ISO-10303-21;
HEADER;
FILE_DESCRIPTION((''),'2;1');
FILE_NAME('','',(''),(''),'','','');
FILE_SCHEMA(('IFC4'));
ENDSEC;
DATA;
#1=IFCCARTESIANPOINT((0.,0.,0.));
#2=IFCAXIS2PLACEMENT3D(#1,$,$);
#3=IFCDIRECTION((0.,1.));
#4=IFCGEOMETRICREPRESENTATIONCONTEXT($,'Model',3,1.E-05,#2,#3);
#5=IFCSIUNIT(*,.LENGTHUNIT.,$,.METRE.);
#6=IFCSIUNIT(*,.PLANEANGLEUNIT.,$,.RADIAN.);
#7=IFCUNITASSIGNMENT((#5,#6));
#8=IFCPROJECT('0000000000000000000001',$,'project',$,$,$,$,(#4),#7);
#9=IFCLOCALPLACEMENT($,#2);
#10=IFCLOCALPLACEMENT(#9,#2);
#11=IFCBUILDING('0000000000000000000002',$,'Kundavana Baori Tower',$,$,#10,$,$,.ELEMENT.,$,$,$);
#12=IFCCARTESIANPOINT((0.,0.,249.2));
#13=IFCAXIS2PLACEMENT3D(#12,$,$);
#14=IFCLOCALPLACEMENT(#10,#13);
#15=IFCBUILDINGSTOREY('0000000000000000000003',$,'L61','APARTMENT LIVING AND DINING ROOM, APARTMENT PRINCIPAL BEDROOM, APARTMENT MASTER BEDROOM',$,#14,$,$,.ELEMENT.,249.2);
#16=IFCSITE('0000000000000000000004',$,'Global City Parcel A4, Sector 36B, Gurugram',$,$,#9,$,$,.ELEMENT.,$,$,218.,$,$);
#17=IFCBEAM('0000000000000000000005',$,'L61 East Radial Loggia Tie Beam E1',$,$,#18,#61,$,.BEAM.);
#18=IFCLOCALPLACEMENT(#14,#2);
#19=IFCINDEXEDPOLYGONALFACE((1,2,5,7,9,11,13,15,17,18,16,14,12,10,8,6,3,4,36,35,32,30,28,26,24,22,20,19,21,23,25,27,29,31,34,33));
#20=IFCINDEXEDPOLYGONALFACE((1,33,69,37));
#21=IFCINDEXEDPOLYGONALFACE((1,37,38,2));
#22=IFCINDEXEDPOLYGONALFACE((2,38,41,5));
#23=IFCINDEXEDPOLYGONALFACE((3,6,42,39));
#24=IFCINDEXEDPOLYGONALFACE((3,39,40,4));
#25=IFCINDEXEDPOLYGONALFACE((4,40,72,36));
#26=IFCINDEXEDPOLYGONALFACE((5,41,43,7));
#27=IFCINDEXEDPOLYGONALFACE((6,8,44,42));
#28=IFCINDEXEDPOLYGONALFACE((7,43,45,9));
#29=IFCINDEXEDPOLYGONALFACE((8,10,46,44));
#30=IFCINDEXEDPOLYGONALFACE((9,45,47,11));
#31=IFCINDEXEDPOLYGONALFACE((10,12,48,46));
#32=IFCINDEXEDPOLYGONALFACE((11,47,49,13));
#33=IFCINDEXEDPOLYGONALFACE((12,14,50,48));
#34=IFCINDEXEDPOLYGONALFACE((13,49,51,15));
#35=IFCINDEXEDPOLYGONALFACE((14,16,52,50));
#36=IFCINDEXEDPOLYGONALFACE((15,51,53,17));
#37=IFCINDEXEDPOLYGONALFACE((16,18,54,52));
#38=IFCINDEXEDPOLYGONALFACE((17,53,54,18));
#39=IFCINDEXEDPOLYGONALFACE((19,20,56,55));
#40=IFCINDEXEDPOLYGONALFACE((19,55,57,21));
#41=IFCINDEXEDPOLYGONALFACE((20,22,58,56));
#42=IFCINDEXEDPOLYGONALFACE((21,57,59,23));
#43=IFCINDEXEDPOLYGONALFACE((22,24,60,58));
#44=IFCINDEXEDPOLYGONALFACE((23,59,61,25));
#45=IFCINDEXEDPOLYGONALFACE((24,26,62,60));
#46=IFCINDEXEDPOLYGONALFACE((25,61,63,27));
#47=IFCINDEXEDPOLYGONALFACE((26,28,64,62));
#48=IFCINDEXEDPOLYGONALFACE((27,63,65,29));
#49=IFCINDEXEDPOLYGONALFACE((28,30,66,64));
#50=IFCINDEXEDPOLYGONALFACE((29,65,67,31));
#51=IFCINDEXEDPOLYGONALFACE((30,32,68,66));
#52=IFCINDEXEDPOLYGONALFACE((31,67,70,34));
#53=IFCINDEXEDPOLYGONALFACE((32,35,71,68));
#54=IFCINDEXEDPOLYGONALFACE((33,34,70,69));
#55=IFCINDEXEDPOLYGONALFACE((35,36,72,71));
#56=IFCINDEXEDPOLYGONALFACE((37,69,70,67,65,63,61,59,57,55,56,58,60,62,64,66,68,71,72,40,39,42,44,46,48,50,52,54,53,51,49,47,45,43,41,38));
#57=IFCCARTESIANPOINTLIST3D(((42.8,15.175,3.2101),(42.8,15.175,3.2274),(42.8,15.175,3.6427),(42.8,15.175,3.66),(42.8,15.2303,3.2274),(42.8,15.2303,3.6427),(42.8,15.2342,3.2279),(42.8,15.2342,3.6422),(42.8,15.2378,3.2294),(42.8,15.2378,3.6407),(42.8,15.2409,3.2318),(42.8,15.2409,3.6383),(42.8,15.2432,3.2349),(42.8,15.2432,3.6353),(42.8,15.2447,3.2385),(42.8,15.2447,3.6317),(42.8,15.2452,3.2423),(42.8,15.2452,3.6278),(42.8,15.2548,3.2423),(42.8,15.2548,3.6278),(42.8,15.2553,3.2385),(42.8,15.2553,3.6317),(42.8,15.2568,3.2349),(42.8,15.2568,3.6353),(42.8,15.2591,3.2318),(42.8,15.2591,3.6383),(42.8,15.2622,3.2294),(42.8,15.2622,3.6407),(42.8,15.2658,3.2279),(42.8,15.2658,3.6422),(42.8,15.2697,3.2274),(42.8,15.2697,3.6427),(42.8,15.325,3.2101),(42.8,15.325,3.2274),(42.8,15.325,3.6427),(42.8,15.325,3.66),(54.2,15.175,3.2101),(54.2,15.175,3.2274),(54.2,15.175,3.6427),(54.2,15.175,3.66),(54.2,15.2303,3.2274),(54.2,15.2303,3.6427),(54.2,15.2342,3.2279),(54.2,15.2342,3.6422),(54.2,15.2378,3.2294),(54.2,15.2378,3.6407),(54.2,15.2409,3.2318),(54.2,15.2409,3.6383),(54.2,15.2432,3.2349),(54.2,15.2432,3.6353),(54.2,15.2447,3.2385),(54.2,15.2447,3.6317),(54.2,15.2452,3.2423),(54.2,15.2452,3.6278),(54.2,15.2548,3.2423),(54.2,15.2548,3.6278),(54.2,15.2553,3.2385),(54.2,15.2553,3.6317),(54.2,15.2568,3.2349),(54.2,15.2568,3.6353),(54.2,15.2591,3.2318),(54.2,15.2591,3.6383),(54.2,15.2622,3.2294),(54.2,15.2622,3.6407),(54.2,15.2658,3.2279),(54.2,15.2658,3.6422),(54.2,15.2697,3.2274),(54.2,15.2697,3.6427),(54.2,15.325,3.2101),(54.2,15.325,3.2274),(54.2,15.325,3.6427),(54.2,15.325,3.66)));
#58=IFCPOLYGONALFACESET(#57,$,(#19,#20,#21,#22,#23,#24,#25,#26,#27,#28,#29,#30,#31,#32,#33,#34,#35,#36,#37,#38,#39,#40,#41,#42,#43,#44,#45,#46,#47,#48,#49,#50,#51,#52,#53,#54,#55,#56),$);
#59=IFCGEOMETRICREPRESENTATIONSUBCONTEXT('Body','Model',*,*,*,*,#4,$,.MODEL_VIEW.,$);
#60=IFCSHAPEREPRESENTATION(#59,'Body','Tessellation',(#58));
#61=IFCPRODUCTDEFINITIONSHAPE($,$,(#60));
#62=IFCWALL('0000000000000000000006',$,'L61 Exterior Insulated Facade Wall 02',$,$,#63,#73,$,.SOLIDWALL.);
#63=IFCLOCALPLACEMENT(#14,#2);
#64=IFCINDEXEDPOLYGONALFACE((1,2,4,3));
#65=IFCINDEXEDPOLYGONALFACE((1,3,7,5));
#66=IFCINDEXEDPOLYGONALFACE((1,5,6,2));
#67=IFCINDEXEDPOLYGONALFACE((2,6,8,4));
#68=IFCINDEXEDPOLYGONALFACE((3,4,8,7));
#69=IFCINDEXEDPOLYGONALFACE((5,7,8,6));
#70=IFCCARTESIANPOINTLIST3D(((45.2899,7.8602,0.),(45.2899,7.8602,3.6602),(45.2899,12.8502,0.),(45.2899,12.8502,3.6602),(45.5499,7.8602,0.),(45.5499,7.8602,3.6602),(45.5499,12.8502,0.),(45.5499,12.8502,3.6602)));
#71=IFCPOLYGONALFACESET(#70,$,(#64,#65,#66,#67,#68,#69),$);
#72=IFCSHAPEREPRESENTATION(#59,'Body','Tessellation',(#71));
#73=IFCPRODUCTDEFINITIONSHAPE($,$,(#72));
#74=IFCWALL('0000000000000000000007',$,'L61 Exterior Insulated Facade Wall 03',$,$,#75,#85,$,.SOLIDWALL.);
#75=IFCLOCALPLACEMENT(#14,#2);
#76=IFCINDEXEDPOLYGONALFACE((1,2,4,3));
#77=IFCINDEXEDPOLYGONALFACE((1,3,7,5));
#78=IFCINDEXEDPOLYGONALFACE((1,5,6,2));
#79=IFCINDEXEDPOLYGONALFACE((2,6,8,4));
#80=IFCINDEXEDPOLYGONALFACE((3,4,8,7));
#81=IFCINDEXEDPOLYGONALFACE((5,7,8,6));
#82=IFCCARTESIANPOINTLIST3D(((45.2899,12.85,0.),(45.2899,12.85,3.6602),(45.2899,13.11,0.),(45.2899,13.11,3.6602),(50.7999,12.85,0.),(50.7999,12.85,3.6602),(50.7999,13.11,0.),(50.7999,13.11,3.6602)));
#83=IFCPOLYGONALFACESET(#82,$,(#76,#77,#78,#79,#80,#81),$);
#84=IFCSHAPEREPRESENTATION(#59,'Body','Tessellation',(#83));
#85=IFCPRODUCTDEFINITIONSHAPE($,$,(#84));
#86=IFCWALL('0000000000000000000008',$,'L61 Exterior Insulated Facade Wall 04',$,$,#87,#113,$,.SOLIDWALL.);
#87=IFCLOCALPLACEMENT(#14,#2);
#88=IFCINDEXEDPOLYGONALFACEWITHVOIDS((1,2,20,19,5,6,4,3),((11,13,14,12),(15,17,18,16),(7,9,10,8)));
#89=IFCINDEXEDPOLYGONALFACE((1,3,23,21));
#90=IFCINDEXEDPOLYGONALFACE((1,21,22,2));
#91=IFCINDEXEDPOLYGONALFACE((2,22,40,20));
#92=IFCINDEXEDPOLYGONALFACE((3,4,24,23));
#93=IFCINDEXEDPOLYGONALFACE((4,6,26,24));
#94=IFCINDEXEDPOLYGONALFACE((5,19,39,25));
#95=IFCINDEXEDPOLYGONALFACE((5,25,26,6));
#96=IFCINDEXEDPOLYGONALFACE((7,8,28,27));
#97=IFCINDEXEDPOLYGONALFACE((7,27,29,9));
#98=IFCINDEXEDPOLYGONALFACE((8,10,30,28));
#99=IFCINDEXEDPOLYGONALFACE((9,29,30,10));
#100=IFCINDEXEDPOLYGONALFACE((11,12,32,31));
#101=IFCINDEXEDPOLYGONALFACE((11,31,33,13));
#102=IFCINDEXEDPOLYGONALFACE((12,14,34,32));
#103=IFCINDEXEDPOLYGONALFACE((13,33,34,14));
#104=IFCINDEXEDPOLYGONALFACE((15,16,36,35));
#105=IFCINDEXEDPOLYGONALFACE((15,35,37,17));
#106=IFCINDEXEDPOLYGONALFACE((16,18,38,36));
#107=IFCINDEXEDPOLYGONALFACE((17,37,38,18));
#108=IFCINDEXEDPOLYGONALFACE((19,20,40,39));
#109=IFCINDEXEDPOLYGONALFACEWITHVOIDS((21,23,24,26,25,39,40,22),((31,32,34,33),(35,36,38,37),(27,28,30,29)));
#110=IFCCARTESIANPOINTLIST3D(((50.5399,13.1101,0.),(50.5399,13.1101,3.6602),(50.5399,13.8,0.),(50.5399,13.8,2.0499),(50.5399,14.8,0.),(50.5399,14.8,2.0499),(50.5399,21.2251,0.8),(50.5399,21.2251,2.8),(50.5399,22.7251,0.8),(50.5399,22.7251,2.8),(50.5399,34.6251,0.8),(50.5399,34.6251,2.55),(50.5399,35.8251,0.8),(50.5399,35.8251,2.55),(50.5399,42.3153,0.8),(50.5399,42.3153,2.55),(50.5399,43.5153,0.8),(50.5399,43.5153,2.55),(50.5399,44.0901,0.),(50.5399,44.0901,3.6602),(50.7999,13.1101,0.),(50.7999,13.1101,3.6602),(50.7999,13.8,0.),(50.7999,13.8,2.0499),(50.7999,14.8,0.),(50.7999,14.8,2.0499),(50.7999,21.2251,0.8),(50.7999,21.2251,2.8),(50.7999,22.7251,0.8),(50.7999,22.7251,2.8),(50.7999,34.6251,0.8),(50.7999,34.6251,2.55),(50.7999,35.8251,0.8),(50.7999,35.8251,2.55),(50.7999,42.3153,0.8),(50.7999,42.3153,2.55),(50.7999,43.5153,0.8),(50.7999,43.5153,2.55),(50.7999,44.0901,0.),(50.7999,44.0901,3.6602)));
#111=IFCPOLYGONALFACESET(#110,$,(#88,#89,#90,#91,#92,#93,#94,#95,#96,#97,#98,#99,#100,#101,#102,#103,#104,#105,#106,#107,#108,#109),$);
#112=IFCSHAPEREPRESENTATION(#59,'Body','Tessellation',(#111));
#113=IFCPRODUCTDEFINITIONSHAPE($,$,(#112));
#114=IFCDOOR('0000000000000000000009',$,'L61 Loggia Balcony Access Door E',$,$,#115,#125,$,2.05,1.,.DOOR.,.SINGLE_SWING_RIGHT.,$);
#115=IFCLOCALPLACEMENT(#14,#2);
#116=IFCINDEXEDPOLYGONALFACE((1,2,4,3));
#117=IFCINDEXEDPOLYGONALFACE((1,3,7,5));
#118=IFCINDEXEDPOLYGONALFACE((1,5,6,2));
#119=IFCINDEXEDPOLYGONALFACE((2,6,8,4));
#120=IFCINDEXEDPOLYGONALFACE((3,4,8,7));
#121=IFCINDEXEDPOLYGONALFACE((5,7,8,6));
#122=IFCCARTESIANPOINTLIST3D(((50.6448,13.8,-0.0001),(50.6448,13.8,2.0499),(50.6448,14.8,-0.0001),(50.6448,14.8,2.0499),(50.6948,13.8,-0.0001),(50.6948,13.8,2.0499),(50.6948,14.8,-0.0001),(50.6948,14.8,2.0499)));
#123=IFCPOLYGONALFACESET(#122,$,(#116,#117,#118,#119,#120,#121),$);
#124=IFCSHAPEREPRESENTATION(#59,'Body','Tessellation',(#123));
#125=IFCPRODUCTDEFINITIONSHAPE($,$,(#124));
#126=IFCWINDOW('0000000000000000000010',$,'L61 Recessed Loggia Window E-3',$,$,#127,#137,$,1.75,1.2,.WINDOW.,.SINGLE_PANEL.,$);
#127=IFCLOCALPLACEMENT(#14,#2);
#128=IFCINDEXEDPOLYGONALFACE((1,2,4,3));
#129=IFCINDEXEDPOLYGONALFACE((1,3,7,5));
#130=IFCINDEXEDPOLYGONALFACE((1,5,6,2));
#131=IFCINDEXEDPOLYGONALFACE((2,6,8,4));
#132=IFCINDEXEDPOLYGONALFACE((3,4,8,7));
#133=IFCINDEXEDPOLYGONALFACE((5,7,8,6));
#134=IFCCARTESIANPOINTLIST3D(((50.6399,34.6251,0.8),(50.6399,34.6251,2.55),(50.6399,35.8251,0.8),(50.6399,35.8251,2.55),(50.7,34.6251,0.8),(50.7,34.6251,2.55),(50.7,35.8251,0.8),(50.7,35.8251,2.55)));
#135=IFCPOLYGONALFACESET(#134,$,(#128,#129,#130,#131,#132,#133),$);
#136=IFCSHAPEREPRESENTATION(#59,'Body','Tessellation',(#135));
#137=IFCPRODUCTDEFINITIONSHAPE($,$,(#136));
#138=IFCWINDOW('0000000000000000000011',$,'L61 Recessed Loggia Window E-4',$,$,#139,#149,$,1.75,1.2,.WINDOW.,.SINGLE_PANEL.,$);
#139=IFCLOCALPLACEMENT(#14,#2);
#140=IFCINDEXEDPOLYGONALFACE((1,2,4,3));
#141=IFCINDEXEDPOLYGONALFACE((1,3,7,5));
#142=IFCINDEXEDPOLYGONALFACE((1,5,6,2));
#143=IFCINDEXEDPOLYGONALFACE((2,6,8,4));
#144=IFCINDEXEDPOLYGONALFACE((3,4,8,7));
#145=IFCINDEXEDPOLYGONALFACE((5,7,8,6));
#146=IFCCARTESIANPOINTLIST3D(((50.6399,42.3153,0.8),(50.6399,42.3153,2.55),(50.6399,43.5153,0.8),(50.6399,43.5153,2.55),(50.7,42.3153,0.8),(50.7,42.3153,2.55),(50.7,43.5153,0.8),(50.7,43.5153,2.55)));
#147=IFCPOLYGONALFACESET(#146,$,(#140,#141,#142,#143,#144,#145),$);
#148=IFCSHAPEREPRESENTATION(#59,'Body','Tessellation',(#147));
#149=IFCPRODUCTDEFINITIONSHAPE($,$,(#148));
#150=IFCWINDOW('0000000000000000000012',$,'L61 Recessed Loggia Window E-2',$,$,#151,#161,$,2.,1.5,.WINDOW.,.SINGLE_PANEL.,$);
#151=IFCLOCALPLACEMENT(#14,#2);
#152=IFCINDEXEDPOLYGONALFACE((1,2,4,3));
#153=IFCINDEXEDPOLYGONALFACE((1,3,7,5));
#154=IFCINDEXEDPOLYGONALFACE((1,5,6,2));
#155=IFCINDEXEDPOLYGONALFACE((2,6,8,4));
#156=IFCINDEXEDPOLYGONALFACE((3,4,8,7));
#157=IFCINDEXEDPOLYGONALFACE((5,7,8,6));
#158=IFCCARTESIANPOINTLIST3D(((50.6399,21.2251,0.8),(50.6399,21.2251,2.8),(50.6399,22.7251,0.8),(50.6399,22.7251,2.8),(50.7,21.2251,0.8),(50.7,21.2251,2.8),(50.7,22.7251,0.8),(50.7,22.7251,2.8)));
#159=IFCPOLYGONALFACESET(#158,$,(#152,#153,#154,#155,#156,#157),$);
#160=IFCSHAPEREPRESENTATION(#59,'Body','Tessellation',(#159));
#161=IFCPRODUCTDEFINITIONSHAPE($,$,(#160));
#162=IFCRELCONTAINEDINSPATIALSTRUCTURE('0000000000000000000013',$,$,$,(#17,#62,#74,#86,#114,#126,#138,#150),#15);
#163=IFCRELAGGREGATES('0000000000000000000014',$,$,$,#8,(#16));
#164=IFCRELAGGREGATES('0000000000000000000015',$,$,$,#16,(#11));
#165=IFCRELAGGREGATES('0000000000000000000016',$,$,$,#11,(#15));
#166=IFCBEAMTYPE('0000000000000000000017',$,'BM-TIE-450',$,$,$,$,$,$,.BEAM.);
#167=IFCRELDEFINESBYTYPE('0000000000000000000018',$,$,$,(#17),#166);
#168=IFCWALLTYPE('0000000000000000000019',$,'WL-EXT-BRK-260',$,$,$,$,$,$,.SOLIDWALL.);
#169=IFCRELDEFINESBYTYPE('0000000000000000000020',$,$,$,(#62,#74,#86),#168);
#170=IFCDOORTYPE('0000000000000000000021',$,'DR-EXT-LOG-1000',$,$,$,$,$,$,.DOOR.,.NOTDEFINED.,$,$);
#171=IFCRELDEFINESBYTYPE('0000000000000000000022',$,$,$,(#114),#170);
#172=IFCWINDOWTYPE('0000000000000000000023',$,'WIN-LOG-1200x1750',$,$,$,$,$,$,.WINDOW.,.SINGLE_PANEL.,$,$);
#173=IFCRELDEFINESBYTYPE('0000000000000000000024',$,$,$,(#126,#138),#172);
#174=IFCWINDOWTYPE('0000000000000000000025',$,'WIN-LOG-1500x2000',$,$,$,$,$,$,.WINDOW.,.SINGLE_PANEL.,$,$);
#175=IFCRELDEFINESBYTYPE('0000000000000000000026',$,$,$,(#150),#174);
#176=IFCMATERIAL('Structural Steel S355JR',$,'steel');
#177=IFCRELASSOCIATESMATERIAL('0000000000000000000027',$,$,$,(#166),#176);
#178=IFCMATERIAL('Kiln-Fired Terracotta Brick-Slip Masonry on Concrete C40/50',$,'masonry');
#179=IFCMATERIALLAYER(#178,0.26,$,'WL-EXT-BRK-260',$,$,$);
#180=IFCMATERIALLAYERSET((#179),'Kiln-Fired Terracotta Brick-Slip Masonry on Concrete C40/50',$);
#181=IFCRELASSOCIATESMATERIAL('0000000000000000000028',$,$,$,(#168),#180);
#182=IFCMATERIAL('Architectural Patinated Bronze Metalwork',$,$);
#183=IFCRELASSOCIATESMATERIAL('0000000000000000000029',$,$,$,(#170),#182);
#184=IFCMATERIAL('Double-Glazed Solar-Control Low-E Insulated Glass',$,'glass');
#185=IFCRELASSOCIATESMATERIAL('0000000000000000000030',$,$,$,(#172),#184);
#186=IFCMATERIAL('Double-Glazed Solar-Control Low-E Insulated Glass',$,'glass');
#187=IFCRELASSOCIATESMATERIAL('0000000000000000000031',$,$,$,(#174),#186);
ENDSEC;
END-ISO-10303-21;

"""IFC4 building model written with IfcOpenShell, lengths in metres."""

from ifc_helpers import new_model, si_unit, direction, frame, frame_2d, origin, origin_2d, place, context, subcontext, project, spatial, rectangle, i_section, extrude, material, layer, layer_set, material_profile, profile_set, type_object, element, fill, save


model = new_model("IFC4")

# Units and contexts
model_context = context("Model", 3, precision=1e-05, world=origin(), true_north=direction((0.0, 1.0)))
body_context = subcontext(model_context, "Body", "Model", "MODEL_VIEW")
ifc_project = project(units=[si_unit("LENGTHUNIT", "METRE"), si_unit("PLANEANGLEUNIT", "RADIAN")], contexts=[model_context])

# Site, building, storey
site_placement = place(None, origin())
site = spatial("IfcSite", under=ifc_project, at=site_placement, Name="Global City Parcel A4, Sector 36B, Gurugram", CompositionType="ELEMENT", RefElevation=218.0)
building_placement = place(site_placement, origin())
building = spatial("IfcBuilding", under=site, at=building_placement, Name="Kundavana Baori Tower", CompositionType="ELEMENT")
storey_placement = place(building_placement, frame((0.0, 0.0, 249.2)))
storey = spatial("IfcBuildingStorey", under=building, at=storey_placement, Name="L61", Description="APARTMENT LIVING AND DINING ROOM, APARTMENT PRINCIPAL BEDROOM, APARTMENT MASTER BEDROOM", CompositionType="ELEMENT", Elevation=249.2)

# Beam
ifc_material_1 = material(Name="Structural Steel S355JR", Category="steel")
ifc_material_profile_1 = material_profile(ifc_material_1, i_section(OverallWidth=0.1499, OverallDepth=0.45, WebThickness=0.0095, FlangeThickness=0.0173, FilletRadius=0.0149, at=origin_2d()), Name="ISMB 450")
ifc_profile_set_1 = profile_set([ifc_material_profile_1], Name="Structural Steel S355JR")
beam_type_1 = type_object("IfcBeamType", Name="BM-TIE-450", PredefinedType="BEAM", material=ifc_profile_set_1)
beam_1_placement = place(storey_placement, frame((42.8, 15.25, 3.4351), z_axis=(1.0, 0.0, 0.0), x_axis=(0.0, 1.0, 0.0)))
element("IfcBeam", 1, at=beam_1_placement, inside=storey, type_object=beam_type_1, Name="L61 East Radial Loggia Tie Beam E1", PredefinedType="BEAM", context=body_context, shape_type="SweptSolid", body=[
    extrude(i_section(OverallWidth=0.1499, OverallDepth=0.45, WebThickness=0.0095, FlangeThickness=0.0173, FilletRadius=0.0149, at=origin_2d()), origin(), (0.0, 0.0, 1.0), 11.3999),
])

# Walls
ifc_material_2 = material(Name="Kiln-Fired Terracotta Brick-Slip Masonry on Concrete C40/50", Category="masonry")
ifc_layer_1 = layer(ifc_material_2, 0.26, Name="WL-EXT-BRK-260")
ifc_layer_set_1 = layer_set([ifc_layer_1], Name="Kiln-Fired Terracotta Brick-Slip Masonry on Concrete C40/50")
wall_type_1 = type_object("IfcWallType", Name="WL-EXT-BRK-260", PredefinedType="SOLIDWALL", material=ifc_layer_set_1)
wall_1_placement = place(storey_placement, frame((45.4199, 7.8601, 0.0), z_axis=(0.0, 0.0, 1.0), x_axis=(0.0, 1.0, 0.0)))
element("IfcWall", 2, at=wall_1_placement, inside=storey, type_object=wall_type_1, Name="L61 Exterior Insulated Facade Wall 02", PredefinedType="SOLIDWALL", context=body_context, shape_type="SweptSolid", body=[
    extrude(rectangle(XDim=4.99, YDim=0.26, at=frame_2d((2.4951, 0.0))), origin(), (0.0, 0.0, 1.0), 3.6602),
])
wall_2_placement = place(storey_placement, frame((45.29, 12.98, 0.0), z_axis=(0.0, 0.0, 1.0), x_axis=(1.0, 0.0, 0.0)))
element("IfcWall", 3, at=wall_2_placement, inside=storey, type_object=wall_type_1, Name="L61 Exterior Insulated Facade Wall 03", PredefinedType="SOLIDWALL", context=body_context, shape_type="SweptSolid", body=[
    extrude(rectangle(XDim=5.51, YDim=0.26, at=frame_2d((2.7549, 0.0))), origin(), (0.0, 0.0, 1.0), 3.6602),
])

# Wall, openings, door, windows
wall_3_placement = place(storey_placement, frame((50.6699, 13.1101, 0.0), z_axis=(0.0, 0.0, 1.0), x_axis=(0.0, 1.0, 0.0)))
wall_3 = element("IfcWall", 4, at=wall_3_placement, inside=storey, type_object=wall_type_1, Name="L61 Exterior Insulated Facade Wall 04", PredefinedType="SOLIDWALL", context=body_context, shape_type="SweptSolid", body=[
    extrude(rectangle(XDim=30.98, YDim=0.26, at=frame_2d((15.49, 0.0))), origin(), (0.0, 0.0, 1.0), 3.6602),
])
opening_1_placement = place(wall_3_placement, frame((0.6899, 0.0, 0.0)))
opening_1 = element("IfcOpeningElement", 5, at=opening_1_placement, cuts=wall_3, PredefinedType="OPENING", context=body_context, shape_type="SweptSolid", body=[
    extrude(rectangle(XDim=1.0, YDim=2.05, at=frame_2d((0.5, 1.0249))), frame((0.0, 0.1401, 0.0), z_axis=(0.0, -1.0, 0.0), x_axis=(1.0, 0.0, 0.0)), (0.0, 0.0, 1.0), 0.28),
])
opening_2_placement = place(wall_3_placement, frame((8.115, 0.0, 0.8)))
opening_2 = element("IfcOpeningElement", 6, at=opening_2_placement, cuts=wall_3, PredefinedType="OPENING", context=body_context, shape_type="SweptSolid", body=[
    extrude(rectangle(XDim=1.5, YDim=2.0, at=frame_2d((0.75, 1.0))), frame((0.0, 0.1401, 0.0), z_axis=(0.0, -1.0, 0.0), x_axis=(1.0, 0.0, 0.0)), (0.0, 0.0, 1.0), 0.28),
])
opening_3_placement = place(wall_3_placement, frame((21.5149, 0.0, 0.8)))
opening_3 = element("IfcOpeningElement", 7, at=opening_3_placement, cuts=wall_3, PredefinedType="OPENING", context=body_context, shape_type="SweptSolid", body=[
    extrude(rectangle(XDim=1.2, YDim=1.75, at=frame_2d((0.6001, 0.875))), frame((0.0, 0.1401, 0.0), z_axis=(0.0, -1.0, 0.0), x_axis=(1.0, 0.0, 0.0)), (0.0, 0.0, 1.0), 0.28),
])
opening_4_placement = place(wall_3_placement, frame((29.2051, 0.0, 0.8)))
opening_4 = element("IfcOpeningElement", 8, at=opening_4_placement, cuts=wall_3, PredefinedType="OPENING", context=body_context, shape_type="SweptSolid", body=[
    extrude(rectangle(XDim=1.2, YDim=1.75, at=frame_2d((0.6001, 0.875))), frame((0.0, 0.1401, 0.0), z_axis=(0.0, -1.0, 0.0), x_axis=(1.0, 0.0, 0.0)), (0.0, 0.0, 1.0), 0.28),
])
ifc_material_3 = material(Name="Architectural Patinated Bronze Metalwork")
door_type_1 = type_object("IfcDoorType", Name="DR-EXT-LOG-1000", OperationType="NOTDEFINED", PredefinedType="DOOR", material=ifc_material_3)
door_1_placement = place(opening_1_placement, frame((1.0, 0.0, 0.0), z_axis=(0.0, 0.0, 1.0), x_axis=(-1.0, 0.0, 0.0)))
door_1 = element("IfcDoor", 9, at=door_1_placement, inside=storey, type_object=door_type_1, Name="L61 Loggia Balcony Access Door E", OperationType="SINGLE_SWING_RIGHT", OverallHeight=2.05, OverallWidth=1.0, PredefinedType="DOOR", context=body_context, shape_type="SweptSolid", body=[
    extrude(rectangle(XDim=1.0, YDim=2.05, at=frame_2d((0.5, 1.0249))), frame((0.0, 0.0249, 0.0), z_axis=(0.0, -1.0, 0.0), x_axis=(1.0, 0.0, 0.0)), (0.0, 0.0, 1.0), 0.05),
])
fill(opening_1, door_1)
ifc_material_4 = material(Name="Double-Glazed Solar-Control Low-E Insulated Glass", Category="glass")
window_type_1 = type_object("IfcWindowType", Name="WIN-LOG-1200x1750", PartitioningType="SINGLE_PANEL", PredefinedType="WINDOW", material=ifc_material_4)
window_1_placement = place(opening_3_placement, origin())
window_1 = element("IfcWindow", 10, at=window_1_placement, inside=storey, type_object=window_type_1, Name="L61 Recessed Loggia Window E-3", OverallHeight=1.75, OverallWidth=1.2, PartitioningType="SINGLE_PANEL", PredefinedType="WINDOW", context=body_context, shape_type="SweptSolid", body=[
    extrude(rectangle(XDim=1.2, YDim=1.75, at=frame_2d((0.6001, 0.875))), frame((0.0, 0.03, 0.0), z_axis=(0.0, -1.0, 0.0), x_axis=(1.0, 0.0, 0.0)), (0.0, 0.0, 1.0), 0.0601),
])
fill(opening_3, window_1)
window_2_placement = place(opening_4_placement, origin())
window_2 = element("IfcWindow", 11, at=window_2_placement, inside=storey, type_object=window_type_1, Name="L61 Recessed Loggia Window E-4", OverallHeight=1.75, OverallWidth=1.2, PartitioningType="SINGLE_PANEL", PredefinedType="WINDOW", context=body_context, shape_type="SweptSolid", body=[
    extrude(rectangle(XDim=1.2, YDim=1.75, at=frame_2d((0.6001, 0.875))), frame((0.0, 0.03, 0.0), z_axis=(0.0, -1.0, 0.0), x_axis=(1.0, 0.0, 0.0)), (0.0, 0.0, 1.0), 0.0601),
])
fill(opening_4, window_2)
ifc_material_5 = material(Name="Double-Glazed Solar-Control Low-E Insulated Glass", Category="glass")
window_type_2 = type_object("IfcWindowType", Name="WIN-LOG-1500x2000", PartitioningType="SINGLE_PANEL", PredefinedType="WINDOW", material=ifc_material_5)
window_3_placement = place(opening_2_placement, origin())
window_3 = element("IfcWindow", 12, at=window_3_placement, inside=storey, type_object=window_type_2, Name="L61 Recessed Loggia Window E-2", OverallHeight=2.0, OverallWidth=1.5, PartitioningType="SINGLE_PANEL", PredefinedType="WINDOW", context=body_context, shape_type="SweptSolid", body=[
    extrude(rectangle(XDim=1.5, YDim=2.0, at=frame_2d((0.75, 1.0))), frame((0.0, 0.03, 0.0), z_axis=(0.0, -1.0, 0.0), x_axis=(1.0, 0.0, 0.0)), (0.0, 0.0, 1.0), 0.0601),
])
fill(opening_2, window_3)

save(model, "model.ifc")
